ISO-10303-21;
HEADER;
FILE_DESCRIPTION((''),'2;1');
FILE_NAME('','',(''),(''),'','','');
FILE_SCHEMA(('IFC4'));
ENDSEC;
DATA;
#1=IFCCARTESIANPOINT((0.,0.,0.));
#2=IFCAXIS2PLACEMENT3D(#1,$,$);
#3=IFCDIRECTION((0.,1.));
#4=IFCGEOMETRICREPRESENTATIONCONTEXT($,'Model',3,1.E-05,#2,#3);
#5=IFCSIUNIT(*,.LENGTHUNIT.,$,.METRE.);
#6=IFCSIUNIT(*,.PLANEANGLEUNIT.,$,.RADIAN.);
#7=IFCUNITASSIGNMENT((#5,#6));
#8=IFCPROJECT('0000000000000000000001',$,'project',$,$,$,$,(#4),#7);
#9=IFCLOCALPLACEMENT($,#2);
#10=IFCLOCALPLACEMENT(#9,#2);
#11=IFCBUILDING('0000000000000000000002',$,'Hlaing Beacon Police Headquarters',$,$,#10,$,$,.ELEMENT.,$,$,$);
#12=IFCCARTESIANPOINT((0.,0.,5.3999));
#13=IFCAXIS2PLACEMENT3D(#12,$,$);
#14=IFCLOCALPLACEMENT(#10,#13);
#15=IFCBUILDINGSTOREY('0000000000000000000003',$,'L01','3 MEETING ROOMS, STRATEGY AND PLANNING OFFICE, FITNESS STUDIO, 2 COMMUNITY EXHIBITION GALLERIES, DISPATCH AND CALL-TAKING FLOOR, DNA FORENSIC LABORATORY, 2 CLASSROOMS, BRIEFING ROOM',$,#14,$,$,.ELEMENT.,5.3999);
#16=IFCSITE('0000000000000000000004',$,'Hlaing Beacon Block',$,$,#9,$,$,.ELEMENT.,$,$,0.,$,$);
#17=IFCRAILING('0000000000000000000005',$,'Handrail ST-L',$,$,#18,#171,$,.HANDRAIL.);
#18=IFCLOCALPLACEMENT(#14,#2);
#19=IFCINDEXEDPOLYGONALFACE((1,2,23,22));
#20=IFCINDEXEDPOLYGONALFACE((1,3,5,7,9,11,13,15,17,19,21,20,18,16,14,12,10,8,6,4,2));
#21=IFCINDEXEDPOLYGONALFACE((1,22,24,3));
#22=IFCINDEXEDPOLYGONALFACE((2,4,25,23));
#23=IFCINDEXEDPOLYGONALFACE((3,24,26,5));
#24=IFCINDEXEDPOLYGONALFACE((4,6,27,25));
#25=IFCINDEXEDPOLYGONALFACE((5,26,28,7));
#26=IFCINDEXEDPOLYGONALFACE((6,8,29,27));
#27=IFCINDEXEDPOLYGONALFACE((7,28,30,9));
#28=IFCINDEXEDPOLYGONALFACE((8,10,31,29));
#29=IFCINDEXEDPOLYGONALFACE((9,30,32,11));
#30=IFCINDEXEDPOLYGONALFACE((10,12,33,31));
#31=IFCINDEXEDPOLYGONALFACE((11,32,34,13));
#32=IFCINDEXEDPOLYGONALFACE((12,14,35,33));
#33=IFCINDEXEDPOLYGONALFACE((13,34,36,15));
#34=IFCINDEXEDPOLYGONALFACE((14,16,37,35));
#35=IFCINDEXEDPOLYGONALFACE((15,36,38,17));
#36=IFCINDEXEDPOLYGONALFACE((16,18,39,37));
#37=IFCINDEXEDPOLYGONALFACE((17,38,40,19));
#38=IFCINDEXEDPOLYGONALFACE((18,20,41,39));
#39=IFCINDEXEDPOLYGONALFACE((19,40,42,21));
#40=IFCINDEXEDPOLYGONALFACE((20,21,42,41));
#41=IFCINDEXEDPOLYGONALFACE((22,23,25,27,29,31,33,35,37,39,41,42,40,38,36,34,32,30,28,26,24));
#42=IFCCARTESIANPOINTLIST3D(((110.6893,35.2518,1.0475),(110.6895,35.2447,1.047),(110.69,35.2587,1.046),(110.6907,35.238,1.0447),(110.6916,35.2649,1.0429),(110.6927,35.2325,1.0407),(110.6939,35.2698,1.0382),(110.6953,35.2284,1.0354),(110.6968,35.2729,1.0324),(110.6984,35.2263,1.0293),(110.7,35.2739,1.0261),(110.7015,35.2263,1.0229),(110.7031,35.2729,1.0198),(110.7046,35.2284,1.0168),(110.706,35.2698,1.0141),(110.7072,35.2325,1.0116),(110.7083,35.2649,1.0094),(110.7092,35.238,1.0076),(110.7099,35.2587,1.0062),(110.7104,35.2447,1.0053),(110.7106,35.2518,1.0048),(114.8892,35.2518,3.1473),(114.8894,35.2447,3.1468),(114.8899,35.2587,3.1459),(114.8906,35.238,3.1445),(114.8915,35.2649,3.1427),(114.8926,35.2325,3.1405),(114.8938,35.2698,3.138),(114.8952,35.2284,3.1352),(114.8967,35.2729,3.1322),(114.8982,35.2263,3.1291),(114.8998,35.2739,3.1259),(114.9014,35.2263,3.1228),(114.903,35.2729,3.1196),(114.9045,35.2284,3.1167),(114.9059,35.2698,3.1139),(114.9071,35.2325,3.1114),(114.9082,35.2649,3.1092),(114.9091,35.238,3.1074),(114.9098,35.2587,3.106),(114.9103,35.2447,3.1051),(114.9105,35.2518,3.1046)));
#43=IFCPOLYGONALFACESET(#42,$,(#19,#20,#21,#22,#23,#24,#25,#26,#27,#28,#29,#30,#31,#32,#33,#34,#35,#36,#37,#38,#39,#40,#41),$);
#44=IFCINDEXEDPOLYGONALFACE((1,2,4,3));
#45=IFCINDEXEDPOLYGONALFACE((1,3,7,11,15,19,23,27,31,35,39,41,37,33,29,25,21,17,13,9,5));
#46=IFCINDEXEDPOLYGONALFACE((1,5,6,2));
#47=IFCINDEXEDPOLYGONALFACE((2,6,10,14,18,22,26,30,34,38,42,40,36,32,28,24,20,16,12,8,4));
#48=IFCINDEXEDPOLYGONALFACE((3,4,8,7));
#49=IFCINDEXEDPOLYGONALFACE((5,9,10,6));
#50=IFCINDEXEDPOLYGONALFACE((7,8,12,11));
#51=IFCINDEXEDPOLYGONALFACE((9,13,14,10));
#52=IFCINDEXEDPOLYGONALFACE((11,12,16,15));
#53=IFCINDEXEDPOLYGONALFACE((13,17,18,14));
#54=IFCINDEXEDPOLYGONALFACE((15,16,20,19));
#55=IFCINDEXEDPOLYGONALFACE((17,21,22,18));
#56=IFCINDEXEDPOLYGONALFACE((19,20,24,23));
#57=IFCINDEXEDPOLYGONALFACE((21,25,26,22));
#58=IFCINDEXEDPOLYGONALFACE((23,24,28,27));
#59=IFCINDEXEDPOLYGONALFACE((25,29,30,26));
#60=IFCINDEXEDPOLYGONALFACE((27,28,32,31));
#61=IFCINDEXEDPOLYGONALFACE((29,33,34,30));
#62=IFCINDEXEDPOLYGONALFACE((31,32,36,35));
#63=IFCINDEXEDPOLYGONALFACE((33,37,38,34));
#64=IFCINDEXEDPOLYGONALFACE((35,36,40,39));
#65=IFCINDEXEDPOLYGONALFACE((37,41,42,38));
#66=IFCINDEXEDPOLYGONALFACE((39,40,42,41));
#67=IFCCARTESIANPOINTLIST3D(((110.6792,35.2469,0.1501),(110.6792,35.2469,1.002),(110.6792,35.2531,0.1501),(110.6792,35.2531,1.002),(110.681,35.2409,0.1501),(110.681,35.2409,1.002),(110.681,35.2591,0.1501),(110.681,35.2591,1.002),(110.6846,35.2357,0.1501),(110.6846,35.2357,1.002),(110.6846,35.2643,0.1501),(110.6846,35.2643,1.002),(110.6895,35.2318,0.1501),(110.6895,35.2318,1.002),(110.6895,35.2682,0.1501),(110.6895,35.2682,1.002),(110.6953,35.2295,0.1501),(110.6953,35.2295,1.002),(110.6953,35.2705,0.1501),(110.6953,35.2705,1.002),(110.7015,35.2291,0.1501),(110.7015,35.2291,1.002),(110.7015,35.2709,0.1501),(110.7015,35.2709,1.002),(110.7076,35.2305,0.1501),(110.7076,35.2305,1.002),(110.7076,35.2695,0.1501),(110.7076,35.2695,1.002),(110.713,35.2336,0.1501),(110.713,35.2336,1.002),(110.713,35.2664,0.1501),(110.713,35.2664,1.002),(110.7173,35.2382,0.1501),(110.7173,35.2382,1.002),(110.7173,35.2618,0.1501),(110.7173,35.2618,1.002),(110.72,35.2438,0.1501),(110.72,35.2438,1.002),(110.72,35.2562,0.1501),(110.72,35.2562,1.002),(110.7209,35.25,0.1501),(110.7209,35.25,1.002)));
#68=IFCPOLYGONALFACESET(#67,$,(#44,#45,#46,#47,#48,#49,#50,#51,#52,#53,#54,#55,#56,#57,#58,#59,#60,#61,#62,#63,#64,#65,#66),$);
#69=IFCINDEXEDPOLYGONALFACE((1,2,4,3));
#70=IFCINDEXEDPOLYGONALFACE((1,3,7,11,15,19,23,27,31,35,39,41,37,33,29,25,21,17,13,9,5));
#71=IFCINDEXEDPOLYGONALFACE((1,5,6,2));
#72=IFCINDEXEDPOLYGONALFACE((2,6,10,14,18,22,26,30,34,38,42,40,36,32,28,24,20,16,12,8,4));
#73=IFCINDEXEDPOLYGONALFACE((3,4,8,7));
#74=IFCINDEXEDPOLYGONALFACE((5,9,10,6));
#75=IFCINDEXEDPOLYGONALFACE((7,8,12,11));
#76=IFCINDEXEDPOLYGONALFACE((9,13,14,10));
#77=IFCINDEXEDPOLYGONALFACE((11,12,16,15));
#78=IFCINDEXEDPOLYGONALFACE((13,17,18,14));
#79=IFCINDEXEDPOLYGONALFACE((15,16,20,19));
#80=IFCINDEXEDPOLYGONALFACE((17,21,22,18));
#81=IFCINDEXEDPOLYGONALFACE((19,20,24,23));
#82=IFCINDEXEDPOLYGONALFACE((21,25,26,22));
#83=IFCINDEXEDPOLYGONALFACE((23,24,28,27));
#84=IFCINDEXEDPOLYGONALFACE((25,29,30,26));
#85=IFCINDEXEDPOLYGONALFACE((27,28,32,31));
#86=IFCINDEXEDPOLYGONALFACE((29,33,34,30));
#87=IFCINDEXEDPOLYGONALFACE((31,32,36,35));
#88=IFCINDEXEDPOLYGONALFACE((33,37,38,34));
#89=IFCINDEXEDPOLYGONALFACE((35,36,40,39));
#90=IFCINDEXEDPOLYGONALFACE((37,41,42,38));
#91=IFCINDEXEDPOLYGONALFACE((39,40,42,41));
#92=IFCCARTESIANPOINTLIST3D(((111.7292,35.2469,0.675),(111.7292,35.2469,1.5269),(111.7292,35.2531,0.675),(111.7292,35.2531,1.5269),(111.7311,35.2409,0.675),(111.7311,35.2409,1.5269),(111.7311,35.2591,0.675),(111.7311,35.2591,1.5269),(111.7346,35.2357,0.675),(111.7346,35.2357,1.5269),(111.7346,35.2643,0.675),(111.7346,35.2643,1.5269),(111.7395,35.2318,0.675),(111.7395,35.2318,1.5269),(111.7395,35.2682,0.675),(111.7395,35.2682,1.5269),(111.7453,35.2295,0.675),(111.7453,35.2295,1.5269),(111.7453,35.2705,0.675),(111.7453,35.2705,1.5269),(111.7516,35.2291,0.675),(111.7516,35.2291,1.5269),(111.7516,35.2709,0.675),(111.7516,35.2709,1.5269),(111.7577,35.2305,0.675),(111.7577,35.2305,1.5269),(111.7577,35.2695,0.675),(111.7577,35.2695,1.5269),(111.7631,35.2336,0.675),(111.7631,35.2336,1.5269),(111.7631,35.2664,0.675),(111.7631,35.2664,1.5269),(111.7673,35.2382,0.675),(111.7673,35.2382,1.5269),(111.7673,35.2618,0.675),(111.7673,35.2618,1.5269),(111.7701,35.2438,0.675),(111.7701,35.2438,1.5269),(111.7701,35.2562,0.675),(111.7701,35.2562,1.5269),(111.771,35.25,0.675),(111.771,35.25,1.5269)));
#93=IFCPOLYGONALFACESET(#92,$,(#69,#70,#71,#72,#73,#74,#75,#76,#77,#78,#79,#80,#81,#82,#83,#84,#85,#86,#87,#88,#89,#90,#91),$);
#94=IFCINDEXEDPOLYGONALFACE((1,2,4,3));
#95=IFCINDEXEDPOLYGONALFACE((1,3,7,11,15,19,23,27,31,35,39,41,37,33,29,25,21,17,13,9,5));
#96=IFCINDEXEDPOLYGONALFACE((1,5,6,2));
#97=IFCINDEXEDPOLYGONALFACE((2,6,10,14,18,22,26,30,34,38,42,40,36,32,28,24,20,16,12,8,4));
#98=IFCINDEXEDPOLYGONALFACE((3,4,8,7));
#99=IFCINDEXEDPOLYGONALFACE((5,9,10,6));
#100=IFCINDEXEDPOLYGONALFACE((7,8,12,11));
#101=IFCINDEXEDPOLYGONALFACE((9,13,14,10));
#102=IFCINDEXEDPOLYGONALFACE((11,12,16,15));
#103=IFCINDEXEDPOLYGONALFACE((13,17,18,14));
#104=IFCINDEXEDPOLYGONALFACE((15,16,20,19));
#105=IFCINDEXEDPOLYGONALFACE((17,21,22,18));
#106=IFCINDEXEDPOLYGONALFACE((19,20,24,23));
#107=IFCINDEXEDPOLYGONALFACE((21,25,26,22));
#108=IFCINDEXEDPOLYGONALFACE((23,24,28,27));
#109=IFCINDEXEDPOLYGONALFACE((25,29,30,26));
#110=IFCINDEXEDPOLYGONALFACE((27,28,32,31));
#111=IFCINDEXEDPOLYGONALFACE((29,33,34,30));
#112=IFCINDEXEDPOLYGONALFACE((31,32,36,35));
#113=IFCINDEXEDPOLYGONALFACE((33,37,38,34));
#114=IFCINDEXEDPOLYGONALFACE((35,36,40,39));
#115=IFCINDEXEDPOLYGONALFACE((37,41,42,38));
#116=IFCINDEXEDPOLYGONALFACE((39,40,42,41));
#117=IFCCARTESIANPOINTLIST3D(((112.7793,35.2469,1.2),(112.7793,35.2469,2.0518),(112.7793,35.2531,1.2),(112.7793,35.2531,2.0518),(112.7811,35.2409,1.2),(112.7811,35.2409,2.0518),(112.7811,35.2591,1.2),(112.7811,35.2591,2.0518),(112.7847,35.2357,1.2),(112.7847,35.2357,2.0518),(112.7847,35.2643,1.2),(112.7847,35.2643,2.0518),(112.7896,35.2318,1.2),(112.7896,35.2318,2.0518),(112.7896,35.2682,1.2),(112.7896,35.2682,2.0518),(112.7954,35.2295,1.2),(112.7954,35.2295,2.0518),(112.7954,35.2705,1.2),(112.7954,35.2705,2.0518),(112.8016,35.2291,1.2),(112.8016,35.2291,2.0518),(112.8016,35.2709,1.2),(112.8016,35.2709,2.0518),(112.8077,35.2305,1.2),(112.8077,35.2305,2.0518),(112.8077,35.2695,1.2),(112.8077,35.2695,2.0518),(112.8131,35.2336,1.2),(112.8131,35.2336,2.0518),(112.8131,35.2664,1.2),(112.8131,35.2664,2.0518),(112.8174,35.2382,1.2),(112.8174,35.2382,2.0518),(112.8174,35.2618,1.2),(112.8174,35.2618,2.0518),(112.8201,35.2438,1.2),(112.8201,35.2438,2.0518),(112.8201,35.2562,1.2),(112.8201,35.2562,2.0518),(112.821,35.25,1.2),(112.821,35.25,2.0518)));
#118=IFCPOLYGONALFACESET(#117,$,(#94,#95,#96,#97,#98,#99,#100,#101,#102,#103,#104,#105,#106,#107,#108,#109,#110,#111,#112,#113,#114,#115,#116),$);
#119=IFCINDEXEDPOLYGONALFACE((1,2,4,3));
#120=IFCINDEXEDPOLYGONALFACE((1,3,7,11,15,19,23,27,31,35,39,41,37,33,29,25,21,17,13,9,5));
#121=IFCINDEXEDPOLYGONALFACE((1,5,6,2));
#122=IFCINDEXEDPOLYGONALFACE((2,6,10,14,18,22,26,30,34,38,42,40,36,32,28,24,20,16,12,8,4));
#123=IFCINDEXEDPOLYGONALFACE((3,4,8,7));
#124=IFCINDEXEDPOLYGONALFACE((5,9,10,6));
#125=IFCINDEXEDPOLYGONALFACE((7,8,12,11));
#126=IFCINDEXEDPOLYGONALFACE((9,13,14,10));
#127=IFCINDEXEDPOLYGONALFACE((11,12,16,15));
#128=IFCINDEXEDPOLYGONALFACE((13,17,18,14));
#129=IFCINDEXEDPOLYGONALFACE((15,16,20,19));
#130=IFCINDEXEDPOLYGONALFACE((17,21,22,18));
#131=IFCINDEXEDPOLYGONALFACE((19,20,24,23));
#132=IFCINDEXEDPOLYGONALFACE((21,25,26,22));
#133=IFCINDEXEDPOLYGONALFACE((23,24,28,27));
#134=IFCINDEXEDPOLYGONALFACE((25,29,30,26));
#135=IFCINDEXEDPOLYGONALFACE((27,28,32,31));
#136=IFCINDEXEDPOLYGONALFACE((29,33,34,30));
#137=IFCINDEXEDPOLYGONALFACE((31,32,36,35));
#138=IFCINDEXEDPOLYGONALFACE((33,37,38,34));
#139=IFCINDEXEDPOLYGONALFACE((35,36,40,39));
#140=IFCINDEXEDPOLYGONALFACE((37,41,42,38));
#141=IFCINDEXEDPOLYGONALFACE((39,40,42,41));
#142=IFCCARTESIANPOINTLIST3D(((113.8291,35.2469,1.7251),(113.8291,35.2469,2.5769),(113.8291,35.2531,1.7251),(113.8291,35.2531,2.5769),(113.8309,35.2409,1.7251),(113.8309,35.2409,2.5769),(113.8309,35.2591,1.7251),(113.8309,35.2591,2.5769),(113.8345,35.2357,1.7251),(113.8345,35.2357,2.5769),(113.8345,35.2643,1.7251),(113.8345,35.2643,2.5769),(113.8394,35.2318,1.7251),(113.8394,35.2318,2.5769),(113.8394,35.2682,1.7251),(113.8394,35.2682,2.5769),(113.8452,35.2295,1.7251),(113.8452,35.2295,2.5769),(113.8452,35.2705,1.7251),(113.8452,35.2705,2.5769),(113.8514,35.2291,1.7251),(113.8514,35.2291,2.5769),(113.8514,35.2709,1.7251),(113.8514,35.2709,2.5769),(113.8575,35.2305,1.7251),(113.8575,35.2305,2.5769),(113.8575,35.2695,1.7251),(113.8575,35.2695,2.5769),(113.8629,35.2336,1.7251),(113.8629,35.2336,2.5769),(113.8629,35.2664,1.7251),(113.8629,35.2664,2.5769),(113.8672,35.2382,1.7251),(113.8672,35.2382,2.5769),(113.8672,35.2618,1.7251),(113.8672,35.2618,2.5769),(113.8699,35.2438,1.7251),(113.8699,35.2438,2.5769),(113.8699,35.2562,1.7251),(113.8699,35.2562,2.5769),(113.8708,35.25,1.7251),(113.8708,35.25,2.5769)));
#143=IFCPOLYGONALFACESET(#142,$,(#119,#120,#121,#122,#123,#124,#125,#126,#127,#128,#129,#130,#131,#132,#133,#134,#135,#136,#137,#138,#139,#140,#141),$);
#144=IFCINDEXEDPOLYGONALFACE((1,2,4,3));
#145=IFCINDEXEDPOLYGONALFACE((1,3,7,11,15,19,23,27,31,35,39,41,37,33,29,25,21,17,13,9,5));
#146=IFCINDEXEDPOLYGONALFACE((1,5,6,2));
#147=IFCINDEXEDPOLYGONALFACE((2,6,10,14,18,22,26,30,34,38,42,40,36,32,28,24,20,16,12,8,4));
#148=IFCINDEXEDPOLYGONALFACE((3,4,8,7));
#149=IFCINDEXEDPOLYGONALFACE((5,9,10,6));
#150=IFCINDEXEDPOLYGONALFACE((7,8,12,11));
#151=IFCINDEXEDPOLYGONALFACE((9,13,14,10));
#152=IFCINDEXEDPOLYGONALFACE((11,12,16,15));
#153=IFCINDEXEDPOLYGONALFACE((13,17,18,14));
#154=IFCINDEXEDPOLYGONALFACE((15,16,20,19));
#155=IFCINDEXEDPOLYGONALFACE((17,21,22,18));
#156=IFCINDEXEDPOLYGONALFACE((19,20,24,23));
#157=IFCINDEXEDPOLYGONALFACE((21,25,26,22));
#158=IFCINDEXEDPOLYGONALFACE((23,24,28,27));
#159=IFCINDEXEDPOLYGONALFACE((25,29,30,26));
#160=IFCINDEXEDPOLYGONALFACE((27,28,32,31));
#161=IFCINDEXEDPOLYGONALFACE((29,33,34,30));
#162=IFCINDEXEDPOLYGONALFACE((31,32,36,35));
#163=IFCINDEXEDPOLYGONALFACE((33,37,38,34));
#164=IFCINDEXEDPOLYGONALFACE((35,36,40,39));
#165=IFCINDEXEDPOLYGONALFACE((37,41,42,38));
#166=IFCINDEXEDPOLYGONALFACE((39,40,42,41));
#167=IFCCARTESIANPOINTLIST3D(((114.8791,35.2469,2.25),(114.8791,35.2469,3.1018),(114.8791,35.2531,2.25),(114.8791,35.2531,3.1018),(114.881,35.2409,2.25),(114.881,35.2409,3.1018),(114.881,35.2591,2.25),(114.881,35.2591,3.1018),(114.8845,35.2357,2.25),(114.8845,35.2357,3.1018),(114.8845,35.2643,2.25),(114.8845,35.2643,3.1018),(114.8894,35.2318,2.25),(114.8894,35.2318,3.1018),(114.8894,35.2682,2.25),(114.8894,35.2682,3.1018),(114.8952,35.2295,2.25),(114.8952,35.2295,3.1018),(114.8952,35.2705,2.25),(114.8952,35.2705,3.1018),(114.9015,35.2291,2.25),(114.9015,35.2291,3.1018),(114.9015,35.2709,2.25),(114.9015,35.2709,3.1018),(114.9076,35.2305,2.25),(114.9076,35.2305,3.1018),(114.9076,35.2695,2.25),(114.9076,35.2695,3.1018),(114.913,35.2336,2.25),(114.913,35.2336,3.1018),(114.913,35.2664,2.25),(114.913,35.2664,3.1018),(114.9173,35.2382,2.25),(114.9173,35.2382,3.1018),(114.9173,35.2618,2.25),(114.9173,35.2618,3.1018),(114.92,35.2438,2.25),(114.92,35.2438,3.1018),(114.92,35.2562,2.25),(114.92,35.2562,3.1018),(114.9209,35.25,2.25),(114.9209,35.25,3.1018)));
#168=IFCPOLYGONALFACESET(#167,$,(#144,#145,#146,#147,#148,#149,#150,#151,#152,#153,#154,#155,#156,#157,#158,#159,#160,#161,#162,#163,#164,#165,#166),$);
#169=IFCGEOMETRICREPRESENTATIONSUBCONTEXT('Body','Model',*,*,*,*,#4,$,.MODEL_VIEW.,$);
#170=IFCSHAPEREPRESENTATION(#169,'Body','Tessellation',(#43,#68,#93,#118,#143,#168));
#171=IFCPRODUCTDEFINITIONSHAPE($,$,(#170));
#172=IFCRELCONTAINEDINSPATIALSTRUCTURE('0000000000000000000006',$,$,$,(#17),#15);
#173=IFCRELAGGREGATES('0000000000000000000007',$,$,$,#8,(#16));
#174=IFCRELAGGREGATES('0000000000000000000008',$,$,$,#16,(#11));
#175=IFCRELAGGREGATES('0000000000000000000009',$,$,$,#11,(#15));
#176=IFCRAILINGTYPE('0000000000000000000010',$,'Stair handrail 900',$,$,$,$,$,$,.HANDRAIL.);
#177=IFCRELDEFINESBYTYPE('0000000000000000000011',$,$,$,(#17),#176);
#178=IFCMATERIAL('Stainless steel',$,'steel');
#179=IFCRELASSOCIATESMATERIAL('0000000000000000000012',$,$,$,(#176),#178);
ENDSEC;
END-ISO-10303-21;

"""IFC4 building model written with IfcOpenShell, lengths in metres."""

from ifc_helpers import new_model, si_unit, direction, frame, origin, origin_2d, place, context, subcontext, project, spatial, circle, extrude, material, type_object, element, save


model = new_model("IFC4")

# Units and contexts
model_context = context("Model", 3, precision=1e-05, world=origin(), true_north=direction((0.0, 1.0)))
body_context = subcontext(model_context, "Body", "Model", "MODEL_VIEW")
ifc_project = project(units=[si_unit("LENGTHUNIT", "METRE"), si_unit("PLANEANGLEUNIT", "RADIAN")], contexts=[model_context])

# Site, building, storey
site_placement = place(None, origin())
site = spatial("IfcSite", under=ifc_project, at=site_placement, Name="Hlaing Beacon Block", CompositionType="ELEMENT", RefElevation=0.0)
building_placement = place(site_placement, origin())
building = spatial("IfcBuilding", under=site, at=building_placement, Name="Hlaing Beacon Police Headquarters", CompositionType="ELEMENT")
storey_placement = place(building_placement, frame((0.0, 0.0, 5.3999)))
storey = spatial("IfcBuildingStorey", under=building, at=storey_placement, Name="L01", Description="3 MEETING ROOMS, STRATEGY AND PLANNING OFFICE, FITNESS STUDIO, 2 COMMUNITY EXHIBITION GALLERIES, DISPATCH AND CALL-TAKING FLOOR, DNA FORENSIC LABORATORY, 2 CLASSROOMS, BRIEFING ROOM", CompositionType="ELEMENT", Elevation=5.3999)

# Railing
ifc_material_1 = material(Name="Stainless steel", Category="steel")
railing_type_1 = type_object("IfcRailingType", Name="Stair handrail 900", PredefinedType="HANDRAIL", material=ifc_material_1)
railing_1_placement = place(storey_placement, frame((110.7, 35.25, 0.1501)))
element("IfcRailing", 1, at=railing_1_placement, inside=storey, type_object=railing_type_1, Name="Handrail ST-L", PredefinedType="HANDRAIL", context=body_context, shape_type="SweptSolid", body=[
    extrude(circle(Radius=0.0239, at=origin_2d()), frame((0.0, 0.0, 0.876), z_axis=(0.894438, 0.0, 0.447193), x_axis=(0.0, 1.0, 0.0)), (0.0, 0.0, 1.0), 4.6956),
    extrude(circle(Radius=0.021, at=origin_2d()), origin(), (0.0, 0.0, 1.0), 0.8518),
    extrude(circle(Radius=0.021, at=origin_2d()), frame((1.05, 0.0, 0.5249)), (0.0, 0.0, 1.0), 0.8518),
    extrude(circle(Radius=0.021, at=origin_2d()), frame((2.1001, 0.0, 1.0498)), (0.0, 0.0, 1.0), 0.8518),
    extrude(circle(Radius=0.021, at=origin_2d()), frame((3.1499, 0.0, 1.575)), (0.0, 0.0, 1.0), 0.8518),
    extrude(circle(Radius=0.021, at=origin_2d()), frame((4.2, 0.0, 2.0999)), (0.0, 0.0, 1.0), 0.8518),
])

save(model, "model.ifc")
